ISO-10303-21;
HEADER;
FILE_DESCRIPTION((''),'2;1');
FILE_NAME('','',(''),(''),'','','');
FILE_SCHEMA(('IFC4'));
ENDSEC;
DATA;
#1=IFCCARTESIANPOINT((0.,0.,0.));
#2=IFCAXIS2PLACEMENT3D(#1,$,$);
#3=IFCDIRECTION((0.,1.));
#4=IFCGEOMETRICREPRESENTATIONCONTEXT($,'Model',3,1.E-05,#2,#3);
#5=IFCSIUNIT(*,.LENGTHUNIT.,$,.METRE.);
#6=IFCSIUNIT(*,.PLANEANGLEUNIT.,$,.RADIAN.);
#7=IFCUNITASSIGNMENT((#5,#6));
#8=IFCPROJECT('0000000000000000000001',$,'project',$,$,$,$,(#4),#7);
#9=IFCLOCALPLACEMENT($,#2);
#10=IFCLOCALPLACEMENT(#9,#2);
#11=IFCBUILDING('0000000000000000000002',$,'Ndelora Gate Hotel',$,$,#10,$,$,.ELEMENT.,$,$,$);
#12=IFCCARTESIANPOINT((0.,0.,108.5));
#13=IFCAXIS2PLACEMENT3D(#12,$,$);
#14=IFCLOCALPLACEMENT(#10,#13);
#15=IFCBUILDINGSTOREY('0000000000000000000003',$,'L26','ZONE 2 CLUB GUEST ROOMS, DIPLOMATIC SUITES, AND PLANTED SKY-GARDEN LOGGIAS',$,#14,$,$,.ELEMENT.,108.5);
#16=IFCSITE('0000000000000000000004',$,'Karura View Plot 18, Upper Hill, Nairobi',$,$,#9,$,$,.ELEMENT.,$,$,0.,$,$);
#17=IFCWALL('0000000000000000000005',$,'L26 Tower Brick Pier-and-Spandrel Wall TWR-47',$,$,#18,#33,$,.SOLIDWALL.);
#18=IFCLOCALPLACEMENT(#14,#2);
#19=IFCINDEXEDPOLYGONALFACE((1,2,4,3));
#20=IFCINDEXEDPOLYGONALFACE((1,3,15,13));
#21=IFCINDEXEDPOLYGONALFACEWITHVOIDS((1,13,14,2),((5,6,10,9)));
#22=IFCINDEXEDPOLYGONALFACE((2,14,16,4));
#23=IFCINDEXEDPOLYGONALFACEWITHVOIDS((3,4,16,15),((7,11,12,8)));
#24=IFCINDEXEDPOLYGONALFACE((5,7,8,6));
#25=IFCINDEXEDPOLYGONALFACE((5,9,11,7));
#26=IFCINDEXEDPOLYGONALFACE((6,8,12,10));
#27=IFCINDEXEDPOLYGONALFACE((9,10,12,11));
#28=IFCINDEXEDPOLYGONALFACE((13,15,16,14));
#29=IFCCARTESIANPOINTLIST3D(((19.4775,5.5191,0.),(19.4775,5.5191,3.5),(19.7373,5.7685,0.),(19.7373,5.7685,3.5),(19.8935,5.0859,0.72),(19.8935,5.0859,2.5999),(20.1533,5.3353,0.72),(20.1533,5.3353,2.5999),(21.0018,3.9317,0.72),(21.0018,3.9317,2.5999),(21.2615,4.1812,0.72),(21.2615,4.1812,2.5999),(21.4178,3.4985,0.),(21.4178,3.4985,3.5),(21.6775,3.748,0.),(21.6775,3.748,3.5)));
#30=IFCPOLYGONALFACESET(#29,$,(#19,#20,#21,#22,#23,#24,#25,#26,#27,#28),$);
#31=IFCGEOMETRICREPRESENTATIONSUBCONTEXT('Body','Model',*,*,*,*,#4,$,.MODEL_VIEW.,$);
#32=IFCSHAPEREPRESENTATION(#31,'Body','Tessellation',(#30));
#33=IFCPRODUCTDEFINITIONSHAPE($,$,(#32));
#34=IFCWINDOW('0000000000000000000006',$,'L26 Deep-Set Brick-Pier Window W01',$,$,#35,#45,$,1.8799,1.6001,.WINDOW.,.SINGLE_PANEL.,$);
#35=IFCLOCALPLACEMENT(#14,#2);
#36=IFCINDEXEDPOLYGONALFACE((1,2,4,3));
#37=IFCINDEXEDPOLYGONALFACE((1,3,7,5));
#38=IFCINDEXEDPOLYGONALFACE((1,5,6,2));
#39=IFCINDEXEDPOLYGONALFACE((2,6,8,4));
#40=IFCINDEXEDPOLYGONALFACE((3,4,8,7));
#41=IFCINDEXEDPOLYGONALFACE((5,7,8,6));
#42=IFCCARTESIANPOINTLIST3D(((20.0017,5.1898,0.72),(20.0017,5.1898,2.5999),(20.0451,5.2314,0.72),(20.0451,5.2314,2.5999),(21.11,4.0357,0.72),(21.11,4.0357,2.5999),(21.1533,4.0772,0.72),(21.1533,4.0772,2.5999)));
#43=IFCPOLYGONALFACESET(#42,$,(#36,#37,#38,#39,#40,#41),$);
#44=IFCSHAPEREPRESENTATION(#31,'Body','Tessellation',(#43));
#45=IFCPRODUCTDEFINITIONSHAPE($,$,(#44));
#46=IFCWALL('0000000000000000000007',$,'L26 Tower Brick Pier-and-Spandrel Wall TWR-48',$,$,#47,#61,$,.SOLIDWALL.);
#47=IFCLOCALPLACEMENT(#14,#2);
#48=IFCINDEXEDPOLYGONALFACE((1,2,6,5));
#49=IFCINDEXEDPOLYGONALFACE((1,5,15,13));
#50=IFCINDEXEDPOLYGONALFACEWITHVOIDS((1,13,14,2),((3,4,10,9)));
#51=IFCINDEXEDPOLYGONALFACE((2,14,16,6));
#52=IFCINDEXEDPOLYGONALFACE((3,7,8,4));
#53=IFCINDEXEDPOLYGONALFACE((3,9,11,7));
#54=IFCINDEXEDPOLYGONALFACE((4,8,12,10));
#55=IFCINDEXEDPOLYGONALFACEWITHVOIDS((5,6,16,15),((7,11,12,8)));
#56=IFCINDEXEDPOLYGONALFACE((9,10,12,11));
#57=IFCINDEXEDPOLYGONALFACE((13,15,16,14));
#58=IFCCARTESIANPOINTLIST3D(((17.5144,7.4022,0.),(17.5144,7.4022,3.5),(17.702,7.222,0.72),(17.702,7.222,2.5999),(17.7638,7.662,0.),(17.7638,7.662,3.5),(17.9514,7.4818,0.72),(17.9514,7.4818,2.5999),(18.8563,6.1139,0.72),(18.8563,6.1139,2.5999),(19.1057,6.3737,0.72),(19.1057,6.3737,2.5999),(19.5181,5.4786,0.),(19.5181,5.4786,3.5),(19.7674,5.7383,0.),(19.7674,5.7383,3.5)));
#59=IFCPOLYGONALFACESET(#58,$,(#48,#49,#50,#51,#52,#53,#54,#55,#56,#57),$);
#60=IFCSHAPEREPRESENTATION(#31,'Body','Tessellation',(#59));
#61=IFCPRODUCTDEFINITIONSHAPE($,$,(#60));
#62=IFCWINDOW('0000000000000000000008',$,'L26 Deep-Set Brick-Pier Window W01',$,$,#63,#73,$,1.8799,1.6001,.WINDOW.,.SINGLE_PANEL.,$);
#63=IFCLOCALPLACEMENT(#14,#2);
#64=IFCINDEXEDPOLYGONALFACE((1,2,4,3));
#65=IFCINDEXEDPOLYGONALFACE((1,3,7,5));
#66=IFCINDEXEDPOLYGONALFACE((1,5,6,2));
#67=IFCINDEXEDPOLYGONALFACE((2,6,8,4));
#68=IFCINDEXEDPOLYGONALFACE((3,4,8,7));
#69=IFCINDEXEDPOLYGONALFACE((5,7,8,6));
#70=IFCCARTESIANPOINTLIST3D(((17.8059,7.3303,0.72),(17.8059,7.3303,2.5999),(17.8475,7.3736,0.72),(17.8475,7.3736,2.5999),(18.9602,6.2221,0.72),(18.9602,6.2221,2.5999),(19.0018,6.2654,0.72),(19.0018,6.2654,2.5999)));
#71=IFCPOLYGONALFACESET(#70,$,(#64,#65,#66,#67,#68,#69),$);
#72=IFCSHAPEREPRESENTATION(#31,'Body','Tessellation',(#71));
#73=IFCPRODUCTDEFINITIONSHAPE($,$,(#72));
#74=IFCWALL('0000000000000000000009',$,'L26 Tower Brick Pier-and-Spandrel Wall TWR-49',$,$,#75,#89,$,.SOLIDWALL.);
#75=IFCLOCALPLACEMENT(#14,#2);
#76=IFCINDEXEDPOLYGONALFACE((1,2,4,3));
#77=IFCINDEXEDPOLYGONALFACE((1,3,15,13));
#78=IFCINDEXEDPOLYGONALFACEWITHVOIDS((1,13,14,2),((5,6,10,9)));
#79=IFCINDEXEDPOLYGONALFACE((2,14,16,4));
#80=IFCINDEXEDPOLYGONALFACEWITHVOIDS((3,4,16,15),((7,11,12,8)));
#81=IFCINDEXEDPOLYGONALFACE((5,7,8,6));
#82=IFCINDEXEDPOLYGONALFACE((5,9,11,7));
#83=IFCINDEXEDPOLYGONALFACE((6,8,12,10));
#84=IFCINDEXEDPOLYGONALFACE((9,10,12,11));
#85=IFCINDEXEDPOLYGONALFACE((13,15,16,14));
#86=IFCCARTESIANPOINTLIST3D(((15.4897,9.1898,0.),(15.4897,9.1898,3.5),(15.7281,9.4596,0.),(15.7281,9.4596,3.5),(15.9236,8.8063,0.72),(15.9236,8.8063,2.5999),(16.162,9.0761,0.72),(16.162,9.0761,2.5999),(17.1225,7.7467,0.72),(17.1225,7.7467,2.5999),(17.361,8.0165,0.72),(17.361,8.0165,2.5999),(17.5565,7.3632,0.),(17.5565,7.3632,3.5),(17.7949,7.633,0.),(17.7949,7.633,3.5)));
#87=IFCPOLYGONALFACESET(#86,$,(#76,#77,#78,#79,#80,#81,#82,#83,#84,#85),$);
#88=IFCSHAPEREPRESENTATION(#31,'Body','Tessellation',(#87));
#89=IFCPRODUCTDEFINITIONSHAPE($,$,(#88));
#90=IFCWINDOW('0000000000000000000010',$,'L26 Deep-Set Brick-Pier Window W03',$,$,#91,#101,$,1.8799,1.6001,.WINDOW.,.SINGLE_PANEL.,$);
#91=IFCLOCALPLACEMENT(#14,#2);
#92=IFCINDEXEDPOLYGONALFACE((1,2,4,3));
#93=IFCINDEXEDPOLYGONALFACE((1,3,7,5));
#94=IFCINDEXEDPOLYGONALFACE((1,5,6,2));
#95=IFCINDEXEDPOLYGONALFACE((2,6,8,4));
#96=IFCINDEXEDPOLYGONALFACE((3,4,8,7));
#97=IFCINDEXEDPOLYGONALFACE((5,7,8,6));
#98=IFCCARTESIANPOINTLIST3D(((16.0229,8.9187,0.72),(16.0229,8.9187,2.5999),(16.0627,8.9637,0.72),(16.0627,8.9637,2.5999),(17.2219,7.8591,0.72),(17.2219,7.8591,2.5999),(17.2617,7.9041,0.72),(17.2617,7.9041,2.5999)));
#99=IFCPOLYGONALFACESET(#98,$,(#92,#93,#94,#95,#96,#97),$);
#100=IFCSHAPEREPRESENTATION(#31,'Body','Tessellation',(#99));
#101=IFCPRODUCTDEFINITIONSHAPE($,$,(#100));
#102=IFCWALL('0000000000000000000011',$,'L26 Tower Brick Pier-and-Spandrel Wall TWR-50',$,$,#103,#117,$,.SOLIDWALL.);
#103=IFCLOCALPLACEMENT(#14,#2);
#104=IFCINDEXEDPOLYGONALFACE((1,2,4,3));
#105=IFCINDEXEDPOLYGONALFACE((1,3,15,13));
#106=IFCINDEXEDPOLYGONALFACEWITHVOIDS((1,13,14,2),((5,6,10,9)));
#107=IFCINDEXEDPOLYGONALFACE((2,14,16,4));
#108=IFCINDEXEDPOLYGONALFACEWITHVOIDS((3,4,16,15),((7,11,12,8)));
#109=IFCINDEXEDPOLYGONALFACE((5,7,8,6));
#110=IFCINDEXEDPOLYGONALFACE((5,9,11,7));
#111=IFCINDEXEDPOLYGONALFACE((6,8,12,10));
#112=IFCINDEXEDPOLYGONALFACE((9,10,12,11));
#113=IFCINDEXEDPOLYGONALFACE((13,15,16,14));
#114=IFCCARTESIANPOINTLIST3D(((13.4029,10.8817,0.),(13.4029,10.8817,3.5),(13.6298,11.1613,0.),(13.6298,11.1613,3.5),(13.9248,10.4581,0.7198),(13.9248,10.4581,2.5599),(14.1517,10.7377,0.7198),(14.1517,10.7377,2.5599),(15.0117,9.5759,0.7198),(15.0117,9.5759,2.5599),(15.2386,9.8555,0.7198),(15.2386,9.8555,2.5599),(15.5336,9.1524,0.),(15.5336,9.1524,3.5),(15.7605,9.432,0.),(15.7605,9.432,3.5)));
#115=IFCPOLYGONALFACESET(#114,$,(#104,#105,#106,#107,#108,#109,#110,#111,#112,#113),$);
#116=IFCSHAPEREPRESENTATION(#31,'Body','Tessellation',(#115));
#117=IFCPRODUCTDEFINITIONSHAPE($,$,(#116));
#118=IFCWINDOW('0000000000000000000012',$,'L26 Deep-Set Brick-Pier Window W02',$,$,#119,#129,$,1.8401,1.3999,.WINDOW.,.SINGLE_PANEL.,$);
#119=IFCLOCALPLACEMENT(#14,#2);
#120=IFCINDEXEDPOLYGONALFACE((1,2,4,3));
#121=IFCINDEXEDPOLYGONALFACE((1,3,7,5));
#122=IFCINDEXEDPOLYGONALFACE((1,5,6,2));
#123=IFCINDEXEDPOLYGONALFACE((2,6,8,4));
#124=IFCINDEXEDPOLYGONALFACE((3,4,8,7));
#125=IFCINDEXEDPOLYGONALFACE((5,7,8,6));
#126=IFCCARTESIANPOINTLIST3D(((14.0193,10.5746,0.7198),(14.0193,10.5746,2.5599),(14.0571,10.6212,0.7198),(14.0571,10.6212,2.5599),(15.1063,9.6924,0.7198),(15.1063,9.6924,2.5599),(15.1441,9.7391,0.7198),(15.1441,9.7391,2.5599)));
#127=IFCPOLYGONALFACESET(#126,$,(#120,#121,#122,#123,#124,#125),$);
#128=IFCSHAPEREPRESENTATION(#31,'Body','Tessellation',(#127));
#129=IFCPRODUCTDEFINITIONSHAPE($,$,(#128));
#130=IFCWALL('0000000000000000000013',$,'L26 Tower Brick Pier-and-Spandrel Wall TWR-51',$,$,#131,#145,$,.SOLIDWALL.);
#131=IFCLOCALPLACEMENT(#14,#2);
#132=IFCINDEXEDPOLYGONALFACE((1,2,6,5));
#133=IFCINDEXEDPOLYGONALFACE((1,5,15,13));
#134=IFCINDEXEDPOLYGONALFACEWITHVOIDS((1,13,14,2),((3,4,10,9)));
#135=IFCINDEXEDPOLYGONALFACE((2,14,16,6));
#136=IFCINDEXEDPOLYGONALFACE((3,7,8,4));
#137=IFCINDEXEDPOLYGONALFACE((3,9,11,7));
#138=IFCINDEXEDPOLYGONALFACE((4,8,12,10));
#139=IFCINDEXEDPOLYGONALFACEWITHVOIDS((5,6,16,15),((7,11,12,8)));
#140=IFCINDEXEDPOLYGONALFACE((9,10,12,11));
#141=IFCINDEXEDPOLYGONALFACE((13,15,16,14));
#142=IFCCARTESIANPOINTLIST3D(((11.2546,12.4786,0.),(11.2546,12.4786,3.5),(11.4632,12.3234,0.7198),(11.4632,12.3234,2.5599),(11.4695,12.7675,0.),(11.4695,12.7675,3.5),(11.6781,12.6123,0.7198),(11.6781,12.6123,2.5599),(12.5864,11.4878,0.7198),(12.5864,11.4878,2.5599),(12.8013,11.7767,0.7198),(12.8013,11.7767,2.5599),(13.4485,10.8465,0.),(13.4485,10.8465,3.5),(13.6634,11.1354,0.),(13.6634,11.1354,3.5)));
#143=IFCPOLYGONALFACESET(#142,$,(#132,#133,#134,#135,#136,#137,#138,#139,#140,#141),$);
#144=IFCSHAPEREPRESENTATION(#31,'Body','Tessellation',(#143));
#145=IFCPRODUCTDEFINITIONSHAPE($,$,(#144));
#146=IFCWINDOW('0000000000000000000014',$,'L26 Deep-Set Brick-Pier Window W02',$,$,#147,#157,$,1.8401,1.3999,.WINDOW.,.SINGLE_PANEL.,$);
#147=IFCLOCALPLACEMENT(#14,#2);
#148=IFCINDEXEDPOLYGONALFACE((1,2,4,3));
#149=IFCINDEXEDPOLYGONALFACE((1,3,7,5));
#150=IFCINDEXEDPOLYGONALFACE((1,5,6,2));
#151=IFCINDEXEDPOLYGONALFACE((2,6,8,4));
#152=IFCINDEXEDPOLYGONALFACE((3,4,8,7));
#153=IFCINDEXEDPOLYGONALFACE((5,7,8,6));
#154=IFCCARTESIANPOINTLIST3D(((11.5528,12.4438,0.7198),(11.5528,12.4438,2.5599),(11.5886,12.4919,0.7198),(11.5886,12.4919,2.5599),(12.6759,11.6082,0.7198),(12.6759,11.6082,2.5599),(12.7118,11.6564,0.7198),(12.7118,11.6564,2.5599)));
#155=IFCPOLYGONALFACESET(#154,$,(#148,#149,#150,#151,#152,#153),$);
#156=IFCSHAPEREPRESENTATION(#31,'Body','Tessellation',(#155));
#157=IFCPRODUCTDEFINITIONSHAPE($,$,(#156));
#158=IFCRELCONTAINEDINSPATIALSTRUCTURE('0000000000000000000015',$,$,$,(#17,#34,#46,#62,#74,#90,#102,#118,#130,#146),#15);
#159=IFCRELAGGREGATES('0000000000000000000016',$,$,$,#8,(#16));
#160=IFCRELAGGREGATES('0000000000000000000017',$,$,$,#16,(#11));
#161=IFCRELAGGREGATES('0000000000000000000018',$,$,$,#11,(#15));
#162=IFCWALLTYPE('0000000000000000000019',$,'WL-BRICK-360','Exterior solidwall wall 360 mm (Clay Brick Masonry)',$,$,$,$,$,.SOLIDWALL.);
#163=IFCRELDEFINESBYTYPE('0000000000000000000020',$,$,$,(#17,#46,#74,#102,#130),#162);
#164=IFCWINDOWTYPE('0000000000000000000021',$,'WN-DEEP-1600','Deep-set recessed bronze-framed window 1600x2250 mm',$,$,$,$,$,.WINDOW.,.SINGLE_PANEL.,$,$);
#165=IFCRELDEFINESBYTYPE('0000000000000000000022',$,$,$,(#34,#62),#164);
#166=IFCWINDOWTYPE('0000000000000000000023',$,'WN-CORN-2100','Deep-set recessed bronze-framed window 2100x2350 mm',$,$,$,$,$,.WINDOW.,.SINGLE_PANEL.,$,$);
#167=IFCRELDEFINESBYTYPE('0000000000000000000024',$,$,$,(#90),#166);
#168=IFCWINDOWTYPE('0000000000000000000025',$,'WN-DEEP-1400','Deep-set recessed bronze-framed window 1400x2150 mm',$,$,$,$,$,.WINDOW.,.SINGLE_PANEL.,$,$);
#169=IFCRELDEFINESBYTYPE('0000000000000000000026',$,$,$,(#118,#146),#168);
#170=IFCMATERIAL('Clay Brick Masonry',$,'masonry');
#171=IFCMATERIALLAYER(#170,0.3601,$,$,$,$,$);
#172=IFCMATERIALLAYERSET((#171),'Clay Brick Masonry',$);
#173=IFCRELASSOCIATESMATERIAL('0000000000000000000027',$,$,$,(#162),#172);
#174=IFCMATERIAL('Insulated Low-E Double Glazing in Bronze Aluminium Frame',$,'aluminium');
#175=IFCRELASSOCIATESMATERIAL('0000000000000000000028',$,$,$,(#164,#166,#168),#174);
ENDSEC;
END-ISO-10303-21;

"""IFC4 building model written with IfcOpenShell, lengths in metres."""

from ifc_helpers import new_model, si_unit, direction, frame, frame_2d, origin, place, context, subcontext, project, spatial, rectangle, extrude, material, layer, layer_set, type_object, element, fill, save


model = new_model("IFC4")

# Units and contexts
model_context = context("Model", 3, precision=1e-05, world=origin(), true_north=direction((0.0, 1.0)))
body_context = subcontext(model_context, "Body", "Model", "MODEL_VIEW")
ifc_project = project(units=[si_unit("LENGTHUNIT", "METRE"), si_unit("PLANEANGLEUNIT", "RADIAN")], contexts=[model_context])

# Site, building, storey
site_placement = place(None, origin())
site = spatial("IfcSite", under=ifc_project, at=site_placement, Name="Karura View Plot 18, Upper Hill, Nairobi", CompositionType="ELEMENT", RefElevation=0.0)
building_placement = place(site_placement, origin())
building = spatial("IfcBuilding", under=site, at=building_placement, Name="Ndelora Gate Hotel", CompositionType="ELEMENT")
storey_placement = place(building_placement, frame((0.0, 0.0, 108.5)))
storey = spatial("IfcBuildingStorey", under=building, at=storey_placement, Name="L26", Description="ZONE 2 CLUB GUEST ROOMS, DIPLOMATIC SUITES, AND PLANTED SKY-GARDEN LOGGIAS", CompositionType="ELEMENT", Elevation=108.5)

# Shared definitions
ifc_material_1 = material(Name="Clay Brick Masonry", Category="masonry")
ifc_layer_1 = layer(ifc_material_1, 0.3601)
ifc_layer_set_1 = layer_set([ifc_layer_1], Name="Clay Brick Masonry")
wall_type_1 = type_object("IfcWallType", Name="WL-BRICK-360", Description="Exterior solidwall wall 360 mm (Clay Brick Masonry)", PredefinedType="SOLIDWALL", material=ifc_layer_set_1)

# Walls, openings, windows
wall_1_placement = place(storey_placement, frame((19.6074, 5.6438, 0.0), z_axis=(0.0, 0.0, 1.0), x_axis=(0.692624, -0.721298, 0.0)))
wall_1 = element("IfcWall", 1, at=wall_1_placement, inside=storey, type_object=wall_type_1, Name="L26 Tower Brick Pier-and-Spandrel Wall TWR-47", PredefinedType="SOLIDWALL", context=body_context, shape_type="SweptSolid", body=[
    extrude(rectangle(XDim=2.8013, YDim=0.3601, at=frame_2d((1.4006, 0.0))), origin(), (0.0, 0.0, 1.0), 3.5),
])
opening_1_placement = place(wall_1_placement, frame((0.6006, 0.0, 0.72)))
opening_1 = element("IfcOpeningElement", 2, at=opening_1_placement, cuts=wall_1, PredefinedType="OPENING", context=body_context, shape_type="SweptSolid", body=[
    extrude(rectangle(XDim=1.6001, YDim=1.8799, at=frame_2d((0.8, 0.9399))), frame((0.0, 0.1899, 0.0), z_axis=(0.0, -1.0, 0.0), x_axis=(1.0, 0.0, 0.0)), (0.0, 0.0, 1.0), 0.3801),
])
ifc_material_2 = material(Name="Insulated Low-E Double Glazing in Bronze Aluminium Frame", Category="aluminium")
window_type_1 = type_object("IfcWindowType", Name="WN-DEEP-1600", Description="Deep-set recessed bronze-framed window 1600x2250 mm", PartitioningType="SINGLE_PANEL", PredefinedType="WINDOW", material=ifc_material_2)
window_1_placement = place(opening_1_placement, origin())
window_1 = element("IfcWindow", 3, at=window_1_placement, inside=storey, type_object=window_type_1, Name="L26 Deep-Set Brick-Pier Window W01", OverallHeight=1.8799, OverallWidth=1.6001, PartitioningType="SINGLE_PANEL", PredefinedType="WINDOW", context=body_context, shape_type="SweptSolid", body=[
    extrude(rectangle(XDim=1.6001, YDim=1.8799, at=frame_2d((0.8, 0.9399))), frame((0.0, 0.03, 0.0), z_axis=(0.0, -1.0, 0.0), x_axis=(1.0, 0.0, 0.0)), (0.0, 0.0, 1.0), 0.0601),
])
fill(opening_1, window_1)
wall_2_placement = place(storey_placement, frame((17.6392, 7.532, 0.0), z_axis=(0.0, 0.0, 1.0), x_axis=(0.721375, -0.692545, 0.0)))
wall_2 = element("IfcWall", 4, at=wall_2_placement, inside=storey, type_object=wall_type_1, Name="L26 Tower Brick Pier-and-Spandrel Wall TWR-48", PredefinedType="SOLIDWALL", context=body_context, shape_type="SweptSolid", body=[
    extrude(rectangle(XDim=2.7776, YDim=0.3601, at=frame_2d((1.3887, 0.0))), origin(), (0.0, 0.0, 1.0), 3.5),
])
opening_2_placement = place(wall_2_placement, frame((0.26, 0.0, 0.72)))
opening_2 = element("IfcOpeningElement", 5, at=opening_2_placement, cuts=wall_2, PredefinedType="OPENING", context=body_context, shape_type="SweptSolid", body=[
    extrude(rectangle(XDim=1.6001, YDim=1.8799, at=frame_2d((0.8, 0.9399))), frame((0.0, 0.1899, 0.0), z_axis=(0.0, -1.0, 0.0), x_axis=(1.0, 0.0, 0.0)), (0.0, 0.0, 1.0), 0.3801),
])
window_2_placement = place(opening_2_placement, origin())
window_2 = element("IfcWindow", 6, at=window_2_placement, inside=storey, type_object=window_type_1, Name="L26 Deep-Set Brick-Pier Window W01", OverallHeight=1.8799, OverallWidth=1.6001, PartitioningType="SINGLE_PANEL", PredefinedType="WINDOW", context=body_context, shape_type="SweptSolid", body=[
    extrude(rectangle(XDim=1.6001, YDim=1.8799, at=frame_2d((0.8, 0.9399))), frame((0.0, 0.03, 0.0), z_axis=(0.0, -1.0, 0.0), x_axis=(1.0, 0.0, 0.0)), (0.0, 0.0, 1.0), 0.0601),
])
fill(opening_2, window_2)
wall_3_placement = place(storey_placement, frame((15.6089, 9.3247, 0.0), z_axis=(0.0, 0.0, 1.0), x_axis=(0.749311, -0.662219, 0.0)))
wall_3 = element("IfcWall", 7, at=wall_3_placement, inside=storey, type_object=wall_type_1, Name="L26 Tower Brick Pier-and-Spandrel Wall TWR-49", PredefinedType="SOLIDWALL", context=body_context, shape_type="SweptSolid", body=[
    extrude(rectangle(XDim=2.7583, YDim=0.3601, at=frame_2d((1.3792, 0.0))), origin(), (0.0, 0.0, 1.0), 3.5),
])
opening_3_placement = place(wall_3_placement, frame((0.5791, 0.0, 0.72)))
opening_3 = element("IfcOpeningElement", 8, at=opening_3_placement, cuts=wall_3, PredefinedType="OPENING", context=body_context, shape_type="SweptSolid", body=[
    extrude(rectangle(XDim=1.6001, YDim=1.8799, at=frame_2d((0.8, 0.9399))), frame((0.0, 0.1899, 0.0), z_axis=(0.0, -1.0, 0.0), x_axis=(1.0, 0.0, 0.0)), (0.0, 0.0, 1.0), 0.3801),
])
window_type_2 = type_object("IfcWindowType", Name="WN-CORN-2100", Description="Deep-set recessed bronze-framed window 2100x2350 mm", PartitioningType="SINGLE_PANEL", PredefinedType="WINDOW", material=ifc_material_2)
window_3_placement = place(opening_3_placement, origin())
window_3 = element("IfcWindow", 9, at=window_3_placement, inside=storey, type_object=window_type_2, Name="L26 Deep-Set Brick-Pier Window W03", OverallHeight=1.8799, OverallWidth=1.6001, PartitioningType="SINGLE_PANEL", PredefinedType="WINDOW", context=body_context, shape_type="SweptSolid", body=[
    extrude(rectangle(XDim=1.6001, YDim=1.8799, at=frame_2d((0.8, 0.9399))), frame((0.0, 0.03, 0.0), z_axis=(0.0, -1.0, 0.0), x_axis=(1.0, 0.0, 0.0)), (0.0, 0.0, 1.0), 0.0601),
])
fill(opening_3, window_3)
wall_4_placement = place(storey_placement, frame((13.5164, 11.0215, 0.0), z_axis=(0.0, 0.0, 1.0), x_axis=(0.776449, -0.630181, 0.0)))
wall_4 = element("IfcWall", 10, at=wall_4_placement, inside=storey, type_object=wall_type_1, Name="L26 Tower Brick Pier-and-Spandrel Wall TWR-50", PredefinedType="SOLIDWALL", context=body_context, shape_type="SweptSolid", body=[
    extrude(rectangle(XDim=2.7441, YDim=0.3601, at=frame_2d((1.3721, 0.0))), origin(), (0.0, 0.0, 1.0), 3.5),
])
opening_4_placement = place(wall_4_placement, frame((0.6721, 0.0, 0.72)))
opening_4 = element("IfcOpeningElement", 11, at=opening_4_placement, cuts=wall_4, PredefinedType="OPENING", context=body_context, shape_type="SweptSolid", body=[
    extrude(rectangle(XDim=1.3999, YDim=1.8401, at=frame_2d((0.7, 0.9199))), frame((0.0, 0.1899, 0.0), z_axis=(0.0, -1.0, 0.0), x_axis=(1.0, 0.0, 0.0)), (0.0, 0.0, 1.0), 0.3801),
])
window_type_3 = type_object("IfcWindowType", Name="WN-DEEP-1400", Description="Deep-set recessed bronze-framed window 1400x2150 mm", PartitioningType="SINGLE_PANEL", PredefinedType="WINDOW", material=ifc_material_2)
window_4_placement = place(opening_4_placement, origin())
window_4 = element("IfcWindow", 12, at=window_4_placement, inside=storey, type_object=window_type_3, Name="L26 Deep-Set Brick-Pier Window W02", OverallHeight=1.8401, OverallWidth=1.3999, PartitioningType="SINGLE_PANEL", PredefinedType="WINDOW", context=body_context, shape_type="SweptSolid", body=[
    extrude(rectangle(XDim=1.3999, YDim=1.8401, at=frame_2d((0.7, 0.9199))), frame((0.0, 0.03, 0.0), z_axis=(0.0, -1.0, 0.0), x_axis=(1.0, 0.0, 0.0)), (0.0, 0.0, 1.0), 0.0601),
])
fill(opening_4, window_4)
wall_5_placement = place(storey_placement, frame((11.3621, 12.623, 0.0), z_axis=(0.0, 0.0, 1.0), x_axis=(0.80233, -0.596881, 0.0)))
wall_5 = element("IfcWall", 13, at=wall_5_placement, inside=storey, type_object=wall_type_1, Name="L26 Tower Brick Pier-and-Spandrel Wall TWR-51", PredefinedType="SOLIDWALL", context=body_context, shape_type="SweptSolid", body=[
    extrude(rectangle(XDim=2.7344, YDim=0.3601, at=frame_2d((1.3672, 0.0))), origin(), (0.0, 0.0, 1.0), 3.5),
])
opening_5_placement = place(wall_5_placement, frame((0.26, 0.0, 0.72)))
opening_5 = element("IfcOpeningElement", 14, at=opening_5_placement, cuts=wall_5, PredefinedType="OPENING", context=body_context, shape_type="SweptSolid", body=[
    extrude(rectangle(XDim=1.3999, YDim=1.8401, at=frame_2d((0.7, 0.9199))), frame((0.0, 0.1899, 0.0), z_axis=(0.0, -1.0, 0.0), x_axis=(1.0, 0.0, 0.0)), (0.0, 0.0, 1.0), 0.3801),
])
window_5_placement = place(opening_5_placement, origin())
window_5 = element("IfcWindow", 15, at=window_5_placement, inside=storey, type_object=window_type_3, Name="L26 Deep-Set Brick-Pier Window W02", OverallHeight=1.8401, OverallWidth=1.3999, PartitioningType="SINGLE_PANEL", PredefinedType="WINDOW", context=body_context, shape_type="SweptSolid", body=[
    extrude(rectangle(XDim=1.3999, YDim=1.8401, at=frame_2d((0.7, 0.9199))), frame((0.0, 0.03, 0.0), z_axis=(0.0, -1.0, 0.0), x_axis=(1.0, 0.0, 0.0)), (0.0, 0.0, 1.0), 0.0601),
])
fill(opening_5, window_5)

save(model, "model.ifc")
